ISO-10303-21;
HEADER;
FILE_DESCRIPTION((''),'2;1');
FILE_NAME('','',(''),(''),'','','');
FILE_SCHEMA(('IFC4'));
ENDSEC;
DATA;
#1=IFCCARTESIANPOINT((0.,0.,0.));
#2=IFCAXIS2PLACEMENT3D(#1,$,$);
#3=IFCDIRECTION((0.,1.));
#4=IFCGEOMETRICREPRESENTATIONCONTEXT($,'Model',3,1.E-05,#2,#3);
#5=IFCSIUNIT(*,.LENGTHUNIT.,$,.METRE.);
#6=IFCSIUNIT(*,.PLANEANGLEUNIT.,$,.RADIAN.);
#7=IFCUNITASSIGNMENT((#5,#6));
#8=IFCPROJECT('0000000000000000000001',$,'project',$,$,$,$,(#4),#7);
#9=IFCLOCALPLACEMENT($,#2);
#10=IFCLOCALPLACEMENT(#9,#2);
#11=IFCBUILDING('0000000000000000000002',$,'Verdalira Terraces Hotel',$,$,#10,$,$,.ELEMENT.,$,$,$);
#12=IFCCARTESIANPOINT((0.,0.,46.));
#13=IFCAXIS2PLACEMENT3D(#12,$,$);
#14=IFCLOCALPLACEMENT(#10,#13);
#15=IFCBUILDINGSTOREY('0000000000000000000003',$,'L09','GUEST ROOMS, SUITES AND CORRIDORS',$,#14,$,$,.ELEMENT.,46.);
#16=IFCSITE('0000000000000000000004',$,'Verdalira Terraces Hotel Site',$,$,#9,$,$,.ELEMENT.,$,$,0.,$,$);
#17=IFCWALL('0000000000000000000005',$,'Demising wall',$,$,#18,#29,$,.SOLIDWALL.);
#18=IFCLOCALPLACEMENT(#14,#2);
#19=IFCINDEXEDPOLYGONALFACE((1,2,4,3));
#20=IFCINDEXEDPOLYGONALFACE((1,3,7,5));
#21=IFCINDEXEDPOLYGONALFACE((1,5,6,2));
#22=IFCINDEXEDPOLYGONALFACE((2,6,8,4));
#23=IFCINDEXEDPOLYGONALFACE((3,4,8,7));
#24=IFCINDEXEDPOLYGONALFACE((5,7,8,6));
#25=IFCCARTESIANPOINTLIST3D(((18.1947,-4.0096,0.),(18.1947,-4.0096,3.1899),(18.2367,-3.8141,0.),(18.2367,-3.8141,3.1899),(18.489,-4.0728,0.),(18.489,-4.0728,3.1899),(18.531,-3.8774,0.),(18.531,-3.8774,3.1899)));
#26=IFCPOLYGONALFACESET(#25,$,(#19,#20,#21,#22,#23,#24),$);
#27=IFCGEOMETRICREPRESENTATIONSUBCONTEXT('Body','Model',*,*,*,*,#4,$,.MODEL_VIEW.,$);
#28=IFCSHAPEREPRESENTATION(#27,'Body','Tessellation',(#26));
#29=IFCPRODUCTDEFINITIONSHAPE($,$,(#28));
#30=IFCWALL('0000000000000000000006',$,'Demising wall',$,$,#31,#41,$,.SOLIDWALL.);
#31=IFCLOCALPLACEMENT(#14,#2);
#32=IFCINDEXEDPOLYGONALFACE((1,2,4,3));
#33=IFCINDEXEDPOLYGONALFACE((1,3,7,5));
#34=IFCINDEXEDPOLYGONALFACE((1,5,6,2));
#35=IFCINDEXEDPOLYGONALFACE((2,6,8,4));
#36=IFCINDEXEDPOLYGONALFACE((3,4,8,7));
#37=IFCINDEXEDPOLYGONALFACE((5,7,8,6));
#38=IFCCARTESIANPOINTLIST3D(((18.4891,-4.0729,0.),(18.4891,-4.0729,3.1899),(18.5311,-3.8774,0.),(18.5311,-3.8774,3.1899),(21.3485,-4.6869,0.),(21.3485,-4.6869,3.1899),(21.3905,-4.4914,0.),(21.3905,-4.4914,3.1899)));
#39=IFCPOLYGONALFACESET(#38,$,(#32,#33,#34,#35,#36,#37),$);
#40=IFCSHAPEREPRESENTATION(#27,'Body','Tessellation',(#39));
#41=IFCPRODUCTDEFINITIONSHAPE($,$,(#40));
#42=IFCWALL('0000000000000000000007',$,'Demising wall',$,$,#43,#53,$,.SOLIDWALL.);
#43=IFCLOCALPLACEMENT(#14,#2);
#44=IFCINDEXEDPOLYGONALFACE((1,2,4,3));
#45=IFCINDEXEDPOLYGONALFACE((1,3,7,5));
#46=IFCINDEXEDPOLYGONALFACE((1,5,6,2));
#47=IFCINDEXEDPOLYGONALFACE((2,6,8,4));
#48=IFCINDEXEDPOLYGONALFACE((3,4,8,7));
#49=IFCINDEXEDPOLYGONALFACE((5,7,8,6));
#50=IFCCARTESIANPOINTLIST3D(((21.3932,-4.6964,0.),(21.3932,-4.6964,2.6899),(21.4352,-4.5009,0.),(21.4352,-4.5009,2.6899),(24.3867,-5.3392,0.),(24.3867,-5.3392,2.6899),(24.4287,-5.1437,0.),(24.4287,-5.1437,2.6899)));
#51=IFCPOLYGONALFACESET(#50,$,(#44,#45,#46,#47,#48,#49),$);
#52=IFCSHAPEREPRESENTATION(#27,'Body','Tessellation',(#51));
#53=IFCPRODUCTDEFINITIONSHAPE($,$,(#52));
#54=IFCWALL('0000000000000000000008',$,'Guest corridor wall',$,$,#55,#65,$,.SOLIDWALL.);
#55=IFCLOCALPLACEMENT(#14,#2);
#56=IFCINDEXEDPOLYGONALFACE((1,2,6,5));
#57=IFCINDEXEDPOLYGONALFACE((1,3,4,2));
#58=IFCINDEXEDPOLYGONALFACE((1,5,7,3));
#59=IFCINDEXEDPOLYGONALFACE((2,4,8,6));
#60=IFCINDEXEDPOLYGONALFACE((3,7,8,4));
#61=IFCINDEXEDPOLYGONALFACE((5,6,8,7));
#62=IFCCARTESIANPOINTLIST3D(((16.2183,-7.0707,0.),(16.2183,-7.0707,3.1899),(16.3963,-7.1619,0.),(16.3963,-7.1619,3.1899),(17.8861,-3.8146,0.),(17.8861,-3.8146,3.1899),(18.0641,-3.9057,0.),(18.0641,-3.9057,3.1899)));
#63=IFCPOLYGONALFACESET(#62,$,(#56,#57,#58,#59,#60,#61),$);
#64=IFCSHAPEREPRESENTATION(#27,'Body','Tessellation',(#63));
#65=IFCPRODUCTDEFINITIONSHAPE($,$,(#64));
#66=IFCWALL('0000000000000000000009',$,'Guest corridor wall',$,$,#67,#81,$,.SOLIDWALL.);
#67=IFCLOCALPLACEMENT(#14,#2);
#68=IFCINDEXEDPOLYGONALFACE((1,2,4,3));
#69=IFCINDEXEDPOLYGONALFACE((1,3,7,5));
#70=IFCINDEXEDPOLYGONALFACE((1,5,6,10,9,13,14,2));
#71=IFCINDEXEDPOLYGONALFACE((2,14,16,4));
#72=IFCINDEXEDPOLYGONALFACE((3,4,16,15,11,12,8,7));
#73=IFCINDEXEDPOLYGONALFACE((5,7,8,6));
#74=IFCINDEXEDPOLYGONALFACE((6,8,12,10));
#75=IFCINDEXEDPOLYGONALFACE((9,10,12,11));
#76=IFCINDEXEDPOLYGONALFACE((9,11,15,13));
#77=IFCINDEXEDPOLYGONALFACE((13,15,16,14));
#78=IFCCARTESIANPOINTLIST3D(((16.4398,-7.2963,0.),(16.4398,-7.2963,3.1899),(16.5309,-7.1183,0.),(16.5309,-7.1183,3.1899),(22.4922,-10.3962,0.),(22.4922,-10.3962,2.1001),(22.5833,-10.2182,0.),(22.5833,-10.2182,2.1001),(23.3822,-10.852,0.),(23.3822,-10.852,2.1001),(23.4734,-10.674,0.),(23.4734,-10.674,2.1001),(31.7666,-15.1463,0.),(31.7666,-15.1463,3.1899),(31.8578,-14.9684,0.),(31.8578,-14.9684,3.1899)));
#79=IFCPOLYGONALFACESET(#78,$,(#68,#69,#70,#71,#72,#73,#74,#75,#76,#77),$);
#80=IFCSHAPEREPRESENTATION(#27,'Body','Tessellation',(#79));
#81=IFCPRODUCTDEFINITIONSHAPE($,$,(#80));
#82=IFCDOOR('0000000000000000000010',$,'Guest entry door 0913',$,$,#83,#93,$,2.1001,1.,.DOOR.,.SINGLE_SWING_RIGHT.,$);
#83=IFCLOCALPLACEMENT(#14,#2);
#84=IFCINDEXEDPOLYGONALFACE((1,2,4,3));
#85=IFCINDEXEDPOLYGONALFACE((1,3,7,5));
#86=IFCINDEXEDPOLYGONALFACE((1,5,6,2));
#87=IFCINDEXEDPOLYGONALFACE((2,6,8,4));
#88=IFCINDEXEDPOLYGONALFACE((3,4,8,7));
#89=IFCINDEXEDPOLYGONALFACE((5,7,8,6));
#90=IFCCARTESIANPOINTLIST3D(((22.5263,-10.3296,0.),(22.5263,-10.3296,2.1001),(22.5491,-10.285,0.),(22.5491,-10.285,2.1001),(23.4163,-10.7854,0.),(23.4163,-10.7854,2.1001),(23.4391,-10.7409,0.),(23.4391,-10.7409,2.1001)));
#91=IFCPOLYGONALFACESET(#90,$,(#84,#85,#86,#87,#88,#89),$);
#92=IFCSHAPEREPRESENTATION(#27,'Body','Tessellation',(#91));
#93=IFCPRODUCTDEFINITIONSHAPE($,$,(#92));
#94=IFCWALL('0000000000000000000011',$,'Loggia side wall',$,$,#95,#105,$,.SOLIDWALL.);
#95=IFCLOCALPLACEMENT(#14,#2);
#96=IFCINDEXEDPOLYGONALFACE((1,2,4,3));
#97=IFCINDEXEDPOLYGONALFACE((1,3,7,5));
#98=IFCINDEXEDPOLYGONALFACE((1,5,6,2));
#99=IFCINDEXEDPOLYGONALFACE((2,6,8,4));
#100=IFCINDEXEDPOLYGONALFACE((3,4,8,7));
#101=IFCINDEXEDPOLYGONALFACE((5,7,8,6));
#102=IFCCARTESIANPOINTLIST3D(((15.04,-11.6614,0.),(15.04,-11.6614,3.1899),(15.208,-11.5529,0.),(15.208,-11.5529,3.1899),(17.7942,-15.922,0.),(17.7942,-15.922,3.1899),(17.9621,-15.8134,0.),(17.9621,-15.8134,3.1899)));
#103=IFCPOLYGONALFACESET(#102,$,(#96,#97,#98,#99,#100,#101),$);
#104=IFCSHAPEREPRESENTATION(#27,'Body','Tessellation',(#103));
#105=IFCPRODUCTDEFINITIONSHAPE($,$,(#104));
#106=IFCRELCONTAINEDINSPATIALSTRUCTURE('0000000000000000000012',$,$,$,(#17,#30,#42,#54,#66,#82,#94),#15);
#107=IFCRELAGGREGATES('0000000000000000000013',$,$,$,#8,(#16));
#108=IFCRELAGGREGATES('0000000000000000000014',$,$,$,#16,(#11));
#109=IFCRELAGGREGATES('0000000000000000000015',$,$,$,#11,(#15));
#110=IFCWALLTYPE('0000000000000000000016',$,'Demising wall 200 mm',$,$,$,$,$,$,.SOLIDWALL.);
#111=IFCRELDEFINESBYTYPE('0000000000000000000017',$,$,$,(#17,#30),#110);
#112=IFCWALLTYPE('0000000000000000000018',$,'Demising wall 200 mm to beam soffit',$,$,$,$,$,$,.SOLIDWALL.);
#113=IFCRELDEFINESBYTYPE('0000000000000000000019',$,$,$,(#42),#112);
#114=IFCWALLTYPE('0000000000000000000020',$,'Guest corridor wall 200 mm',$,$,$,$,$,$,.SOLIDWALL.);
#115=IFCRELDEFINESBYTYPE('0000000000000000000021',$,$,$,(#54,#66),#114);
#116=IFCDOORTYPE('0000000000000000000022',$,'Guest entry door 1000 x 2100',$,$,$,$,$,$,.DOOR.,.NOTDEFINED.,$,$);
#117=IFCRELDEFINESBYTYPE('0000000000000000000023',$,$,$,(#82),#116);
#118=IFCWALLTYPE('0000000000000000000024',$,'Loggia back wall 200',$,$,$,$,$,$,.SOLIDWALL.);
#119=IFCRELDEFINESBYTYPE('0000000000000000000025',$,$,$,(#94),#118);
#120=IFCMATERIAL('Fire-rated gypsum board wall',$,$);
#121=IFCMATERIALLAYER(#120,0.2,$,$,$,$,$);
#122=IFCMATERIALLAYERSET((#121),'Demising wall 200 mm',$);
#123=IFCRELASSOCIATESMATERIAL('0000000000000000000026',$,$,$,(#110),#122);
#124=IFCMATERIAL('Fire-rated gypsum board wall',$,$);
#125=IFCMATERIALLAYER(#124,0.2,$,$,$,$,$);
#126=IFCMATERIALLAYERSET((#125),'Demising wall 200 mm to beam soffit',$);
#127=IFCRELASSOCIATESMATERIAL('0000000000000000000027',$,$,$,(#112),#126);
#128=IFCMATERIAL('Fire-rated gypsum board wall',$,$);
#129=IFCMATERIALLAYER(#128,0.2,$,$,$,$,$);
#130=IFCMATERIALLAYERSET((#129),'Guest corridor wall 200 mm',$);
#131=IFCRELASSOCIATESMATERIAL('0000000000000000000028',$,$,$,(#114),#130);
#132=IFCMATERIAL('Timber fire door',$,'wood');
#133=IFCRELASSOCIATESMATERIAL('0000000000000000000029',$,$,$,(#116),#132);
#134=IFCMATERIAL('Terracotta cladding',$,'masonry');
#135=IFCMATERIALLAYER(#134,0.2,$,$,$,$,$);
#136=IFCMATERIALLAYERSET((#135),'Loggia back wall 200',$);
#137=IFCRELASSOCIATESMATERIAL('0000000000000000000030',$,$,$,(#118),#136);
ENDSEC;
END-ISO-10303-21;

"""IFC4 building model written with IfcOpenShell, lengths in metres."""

from ifc_helpers import new_model, si_unit, direction, frame, frame_2d, origin, place, context, subcontext, project, spatial, rectangle, extrude, material, layer, layer_set, type_object, element, fill, save


model = new_model("IFC4")

# Units and contexts
model_context = context("Model", 3, precision=1e-05, world=origin(), true_north=direction((0.0, 1.0)))
body_context = subcontext(model_context, "Body", "Model", "MODEL_VIEW")
ifc_project = project(units=[si_unit("LENGTHUNIT", "METRE"), si_unit("PLANEANGLEUNIT", "RADIAN")], contexts=[model_context])

# Site, building, storey
site_placement = place(None, origin())
site = spatial("IfcSite", under=ifc_project, at=site_placement, Name="Verdalira Terraces Hotel Site", CompositionType="ELEMENT", RefElevation=0.0)
building_placement = place(site_placement, origin())
building = spatial("IfcBuilding", under=site, at=building_placement, Name="Verdalira Terraces Hotel", CompositionType="ELEMENT")
storey_placement = place(building_placement, frame((0.0, 0.0, 46.0)))
storey = spatial("IfcBuildingStorey", under=building, at=storey_placement, Name="L09", Description="GUEST ROOMS, SUITES AND CORRIDORS", CompositionType="ELEMENT", Elevation=46.0)

# Walls
ifc_material_1 = material(Name="Fire-rated gypsum board wall")
ifc_layer_1 = layer(ifc_material_1, 0.2)
ifc_layer_set_1 = layer_set([ifc_layer_1], Name="Demising wall 200 mm")
wall_type_1 = type_object("IfcWallType", Name="Demising wall 200 mm", PredefinedType="SOLIDWALL", material=ifc_layer_set_1)
wall_1_placement = place(storey_placement, frame((18.2158, -3.9119, 0.0), z_axis=(0.0, 0.0, 1.0), x_axis=(0.977672, -0.210139, 0.0)))
element("IfcWall", 1, at=wall_1_placement, inside=storey, type_object=wall_type_1, Name="Demising wall", PredefinedType="SOLIDWALL", context=body_context, shape_type="SweptSolid", body=[
    extrude(rectangle(XDim=0.301, YDim=0.2, at=frame_2d((0.1504, 0.0))), origin(), (0.0, 0.0, 1.0), 3.1899),
])
wall_2_placement = place(storey_placement, frame((18.51, -3.9751, 0.0), z_axis=(0.0, 0.0, 1.0), x_axis=(0.977712, -0.209951, 0.0)))
element("IfcWall", 2, at=wall_2_placement, inside=storey, type_object=wall_type_1, Name="Demising wall", PredefinedType="SOLIDWALL", context=body_context, shape_type="SweptSolid", body=[
    extrude(rectangle(XDim=2.9246, YDim=0.2, at=frame_2d((1.4624, 0.0))), origin(), (0.0, 0.0, 1.0), 3.1899),
])
ifc_material_2 = material(Name="Fire-rated gypsum board wall")
ifc_layer_2 = layer(ifc_material_2, 0.2)
ifc_layer_set_2 = layer_set([ifc_layer_2], Name="Demising wall 200 mm to beam soffit")
wall_type_2 = type_object("IfcWallType", Name="Demising wall 200 mm to beam soffit", PredefinedType="SOLIDWALL", material=ifc_layer_set_2)
wall_3_placement = place(storey_placement, frame((21.4143, -4.5986, 0.0), z_axis=(0.0, 0.0, 1.0), x_axis=(0.97771, -0.209959, 0.0)))
element("IfcWall", 3, at=wall_3_placement, inside=storey, type_object=wall_type_2, Name="Demising wall", PredefinedType="SOLIDWALL", context=body_context, shape_type="SweptSolid", body=[
    extrude(rectangle(XDim=3.0618, YDim=0.2, at=frame_2d((1.5308, 0.0))), origin(), (0.0, 0.0, 1.0), 2.6899),
])
ifc_material_3 = material(Name="Fire-rated gypsum board wall")
ifc_layer_3 = layer(ifc_material_3, 0.2)
ifc_layer_set_3 = layer_set([ifc_layer_3], Name="Guest corridor wall 200 mm")
wall_type_3 = type_object("IfcWallType", Name="Guest corridor wall 200 mm", PredefinedType="SOLIDWALL", material=ifc_layer_set_3)
wall_4_placement = place(storey_placement, frame((16.3074, -7.1162, 0.0), z_axis=(0.0, 0.0, 1.0), x_axis=(0.455868, 0.890047, 0.0)))
element("IfcWall", 4, at=wall_4_placement, inside=storey, type_object=wall_type_3, Name="Guest corridor wall", PredefinedType="SOLIDWALL", context=body_context, shape_type="SweptSolid", body=[
    extrude(rectangle(XDim=3.6584, YDim=0.2, at=frame_2d((1.8291, 0.0))), origin(), (0.0, 0.0, 1.0), 3.1899),
])

# Wall, opening, door
wall_5_placement = place(storey_placement, frame((16.4854, -7.2073, 0.0), z_axis=(0.0, 0.0, 1.0), x_axis=(0.89005, -0.455864, 0.0)))
wall_5 = element("IfcWall", 5, at=wall_5_placement, inside=storey, type_object=wall_type_3, Name="Guest corridor wall", PredefinedType="SOLIDWALL", context=body_context, shape_type="SweptSolid", body=[
    extrude(rectangle(XDim=17.2202, YDim=0.2, at=frame_2d((8.6101, 0.0))), origin(), (0.0, 0.0, 1.0), 3.1899),
])
opening_1_placement = place(wall_5_placement, frame((6.8, 0.0, 0.0)))
opening_1 = element("IfcOpeningElement", 6, at=opening_1_placement, cuts=wall_5, PredefinedType="OPENING", context=body_context, shape_type="SweptSolid", body=[
    extrude(rectangle(XDim=1.0, YDim=2.1001, at=frame_2d((0.5, 1.05))), frame((0.0, 0.1099, 0.0), z_axis=(0.0, -1.0, 0.0), x_axis=(1.0, 0.0, 0.0)), (0.0, 0.0, 1.0), 0.22),
])
ifc_material_4 = material(Name="Timber fire door", Category="wood")
door_type_1 = type_object("IfcDoorType", Name="Guest entry door 1000 x 2100", OperationType="NOTDEFINED", PredefinedType="DOOR", material=ifc_material_4)
door_1_placement = place(opening_1_placement, origin())
door_1 = element("IfcDoor", 7, at=door_1_placement, inside=storey, type_object=door_type_1, Name="Guest entry door 0913", OperationType="SINGLE_SWING_RIGHT", OverallHeight=2.1001, OverallWidth=1.0, PredefinedType="DOOR", context=body_context, shape_type="SweptSolid", body=[
    extrude(rectangle(XDim=1.0, YDim=2.1001, at=frame_2d((0.5, 1.05))), frame((0.0, 0.0249, 0.0), z_axis=(0.0, -1.0, 0.0), x_axis=(1.0, 0.0, 0.0)), (0.0, 0.0, 1.0), 0.05),
])
fill(opening_1, door_1)

# Wall
ifc_material_5 = material(Name="Terracotta cladding", Category="masonry")
ifc_layer_4 = layer(ifc_material_5, 0.2)
ifc_layer_set_4 = layer_set([ifc_layer_4], Name="Loggia back wall 200")
wall_type_4 = type_object("IfcWallType", Name="Loggia back wall 200", PredefinedType="SOLIDWALL", material=ifc_layer_set_4)
wall_6_placement = place(storey_placement, frame((17.8782, -15.8677, 0.0), z_axis=(0.0, 0.0, 1.0), x_axis=(-0.542884, 0.839808, 0.0)))
element("IfcWall", 8, at=wall_6_placement, inside=storey, type_object=wall_type_4, Name="Loggia side wall", PredefinedType="SOLIDWALL", context=body_context, shape_type="SweptSolid", body=[
    extrude(rectangle(XDim=5.0732, YDim=0.2, at=frame_2d((2.5366, 0.0))), origin(), (0.0, 0.0, 1.0), 3.1899),
])

save(model, "model.ifc")
